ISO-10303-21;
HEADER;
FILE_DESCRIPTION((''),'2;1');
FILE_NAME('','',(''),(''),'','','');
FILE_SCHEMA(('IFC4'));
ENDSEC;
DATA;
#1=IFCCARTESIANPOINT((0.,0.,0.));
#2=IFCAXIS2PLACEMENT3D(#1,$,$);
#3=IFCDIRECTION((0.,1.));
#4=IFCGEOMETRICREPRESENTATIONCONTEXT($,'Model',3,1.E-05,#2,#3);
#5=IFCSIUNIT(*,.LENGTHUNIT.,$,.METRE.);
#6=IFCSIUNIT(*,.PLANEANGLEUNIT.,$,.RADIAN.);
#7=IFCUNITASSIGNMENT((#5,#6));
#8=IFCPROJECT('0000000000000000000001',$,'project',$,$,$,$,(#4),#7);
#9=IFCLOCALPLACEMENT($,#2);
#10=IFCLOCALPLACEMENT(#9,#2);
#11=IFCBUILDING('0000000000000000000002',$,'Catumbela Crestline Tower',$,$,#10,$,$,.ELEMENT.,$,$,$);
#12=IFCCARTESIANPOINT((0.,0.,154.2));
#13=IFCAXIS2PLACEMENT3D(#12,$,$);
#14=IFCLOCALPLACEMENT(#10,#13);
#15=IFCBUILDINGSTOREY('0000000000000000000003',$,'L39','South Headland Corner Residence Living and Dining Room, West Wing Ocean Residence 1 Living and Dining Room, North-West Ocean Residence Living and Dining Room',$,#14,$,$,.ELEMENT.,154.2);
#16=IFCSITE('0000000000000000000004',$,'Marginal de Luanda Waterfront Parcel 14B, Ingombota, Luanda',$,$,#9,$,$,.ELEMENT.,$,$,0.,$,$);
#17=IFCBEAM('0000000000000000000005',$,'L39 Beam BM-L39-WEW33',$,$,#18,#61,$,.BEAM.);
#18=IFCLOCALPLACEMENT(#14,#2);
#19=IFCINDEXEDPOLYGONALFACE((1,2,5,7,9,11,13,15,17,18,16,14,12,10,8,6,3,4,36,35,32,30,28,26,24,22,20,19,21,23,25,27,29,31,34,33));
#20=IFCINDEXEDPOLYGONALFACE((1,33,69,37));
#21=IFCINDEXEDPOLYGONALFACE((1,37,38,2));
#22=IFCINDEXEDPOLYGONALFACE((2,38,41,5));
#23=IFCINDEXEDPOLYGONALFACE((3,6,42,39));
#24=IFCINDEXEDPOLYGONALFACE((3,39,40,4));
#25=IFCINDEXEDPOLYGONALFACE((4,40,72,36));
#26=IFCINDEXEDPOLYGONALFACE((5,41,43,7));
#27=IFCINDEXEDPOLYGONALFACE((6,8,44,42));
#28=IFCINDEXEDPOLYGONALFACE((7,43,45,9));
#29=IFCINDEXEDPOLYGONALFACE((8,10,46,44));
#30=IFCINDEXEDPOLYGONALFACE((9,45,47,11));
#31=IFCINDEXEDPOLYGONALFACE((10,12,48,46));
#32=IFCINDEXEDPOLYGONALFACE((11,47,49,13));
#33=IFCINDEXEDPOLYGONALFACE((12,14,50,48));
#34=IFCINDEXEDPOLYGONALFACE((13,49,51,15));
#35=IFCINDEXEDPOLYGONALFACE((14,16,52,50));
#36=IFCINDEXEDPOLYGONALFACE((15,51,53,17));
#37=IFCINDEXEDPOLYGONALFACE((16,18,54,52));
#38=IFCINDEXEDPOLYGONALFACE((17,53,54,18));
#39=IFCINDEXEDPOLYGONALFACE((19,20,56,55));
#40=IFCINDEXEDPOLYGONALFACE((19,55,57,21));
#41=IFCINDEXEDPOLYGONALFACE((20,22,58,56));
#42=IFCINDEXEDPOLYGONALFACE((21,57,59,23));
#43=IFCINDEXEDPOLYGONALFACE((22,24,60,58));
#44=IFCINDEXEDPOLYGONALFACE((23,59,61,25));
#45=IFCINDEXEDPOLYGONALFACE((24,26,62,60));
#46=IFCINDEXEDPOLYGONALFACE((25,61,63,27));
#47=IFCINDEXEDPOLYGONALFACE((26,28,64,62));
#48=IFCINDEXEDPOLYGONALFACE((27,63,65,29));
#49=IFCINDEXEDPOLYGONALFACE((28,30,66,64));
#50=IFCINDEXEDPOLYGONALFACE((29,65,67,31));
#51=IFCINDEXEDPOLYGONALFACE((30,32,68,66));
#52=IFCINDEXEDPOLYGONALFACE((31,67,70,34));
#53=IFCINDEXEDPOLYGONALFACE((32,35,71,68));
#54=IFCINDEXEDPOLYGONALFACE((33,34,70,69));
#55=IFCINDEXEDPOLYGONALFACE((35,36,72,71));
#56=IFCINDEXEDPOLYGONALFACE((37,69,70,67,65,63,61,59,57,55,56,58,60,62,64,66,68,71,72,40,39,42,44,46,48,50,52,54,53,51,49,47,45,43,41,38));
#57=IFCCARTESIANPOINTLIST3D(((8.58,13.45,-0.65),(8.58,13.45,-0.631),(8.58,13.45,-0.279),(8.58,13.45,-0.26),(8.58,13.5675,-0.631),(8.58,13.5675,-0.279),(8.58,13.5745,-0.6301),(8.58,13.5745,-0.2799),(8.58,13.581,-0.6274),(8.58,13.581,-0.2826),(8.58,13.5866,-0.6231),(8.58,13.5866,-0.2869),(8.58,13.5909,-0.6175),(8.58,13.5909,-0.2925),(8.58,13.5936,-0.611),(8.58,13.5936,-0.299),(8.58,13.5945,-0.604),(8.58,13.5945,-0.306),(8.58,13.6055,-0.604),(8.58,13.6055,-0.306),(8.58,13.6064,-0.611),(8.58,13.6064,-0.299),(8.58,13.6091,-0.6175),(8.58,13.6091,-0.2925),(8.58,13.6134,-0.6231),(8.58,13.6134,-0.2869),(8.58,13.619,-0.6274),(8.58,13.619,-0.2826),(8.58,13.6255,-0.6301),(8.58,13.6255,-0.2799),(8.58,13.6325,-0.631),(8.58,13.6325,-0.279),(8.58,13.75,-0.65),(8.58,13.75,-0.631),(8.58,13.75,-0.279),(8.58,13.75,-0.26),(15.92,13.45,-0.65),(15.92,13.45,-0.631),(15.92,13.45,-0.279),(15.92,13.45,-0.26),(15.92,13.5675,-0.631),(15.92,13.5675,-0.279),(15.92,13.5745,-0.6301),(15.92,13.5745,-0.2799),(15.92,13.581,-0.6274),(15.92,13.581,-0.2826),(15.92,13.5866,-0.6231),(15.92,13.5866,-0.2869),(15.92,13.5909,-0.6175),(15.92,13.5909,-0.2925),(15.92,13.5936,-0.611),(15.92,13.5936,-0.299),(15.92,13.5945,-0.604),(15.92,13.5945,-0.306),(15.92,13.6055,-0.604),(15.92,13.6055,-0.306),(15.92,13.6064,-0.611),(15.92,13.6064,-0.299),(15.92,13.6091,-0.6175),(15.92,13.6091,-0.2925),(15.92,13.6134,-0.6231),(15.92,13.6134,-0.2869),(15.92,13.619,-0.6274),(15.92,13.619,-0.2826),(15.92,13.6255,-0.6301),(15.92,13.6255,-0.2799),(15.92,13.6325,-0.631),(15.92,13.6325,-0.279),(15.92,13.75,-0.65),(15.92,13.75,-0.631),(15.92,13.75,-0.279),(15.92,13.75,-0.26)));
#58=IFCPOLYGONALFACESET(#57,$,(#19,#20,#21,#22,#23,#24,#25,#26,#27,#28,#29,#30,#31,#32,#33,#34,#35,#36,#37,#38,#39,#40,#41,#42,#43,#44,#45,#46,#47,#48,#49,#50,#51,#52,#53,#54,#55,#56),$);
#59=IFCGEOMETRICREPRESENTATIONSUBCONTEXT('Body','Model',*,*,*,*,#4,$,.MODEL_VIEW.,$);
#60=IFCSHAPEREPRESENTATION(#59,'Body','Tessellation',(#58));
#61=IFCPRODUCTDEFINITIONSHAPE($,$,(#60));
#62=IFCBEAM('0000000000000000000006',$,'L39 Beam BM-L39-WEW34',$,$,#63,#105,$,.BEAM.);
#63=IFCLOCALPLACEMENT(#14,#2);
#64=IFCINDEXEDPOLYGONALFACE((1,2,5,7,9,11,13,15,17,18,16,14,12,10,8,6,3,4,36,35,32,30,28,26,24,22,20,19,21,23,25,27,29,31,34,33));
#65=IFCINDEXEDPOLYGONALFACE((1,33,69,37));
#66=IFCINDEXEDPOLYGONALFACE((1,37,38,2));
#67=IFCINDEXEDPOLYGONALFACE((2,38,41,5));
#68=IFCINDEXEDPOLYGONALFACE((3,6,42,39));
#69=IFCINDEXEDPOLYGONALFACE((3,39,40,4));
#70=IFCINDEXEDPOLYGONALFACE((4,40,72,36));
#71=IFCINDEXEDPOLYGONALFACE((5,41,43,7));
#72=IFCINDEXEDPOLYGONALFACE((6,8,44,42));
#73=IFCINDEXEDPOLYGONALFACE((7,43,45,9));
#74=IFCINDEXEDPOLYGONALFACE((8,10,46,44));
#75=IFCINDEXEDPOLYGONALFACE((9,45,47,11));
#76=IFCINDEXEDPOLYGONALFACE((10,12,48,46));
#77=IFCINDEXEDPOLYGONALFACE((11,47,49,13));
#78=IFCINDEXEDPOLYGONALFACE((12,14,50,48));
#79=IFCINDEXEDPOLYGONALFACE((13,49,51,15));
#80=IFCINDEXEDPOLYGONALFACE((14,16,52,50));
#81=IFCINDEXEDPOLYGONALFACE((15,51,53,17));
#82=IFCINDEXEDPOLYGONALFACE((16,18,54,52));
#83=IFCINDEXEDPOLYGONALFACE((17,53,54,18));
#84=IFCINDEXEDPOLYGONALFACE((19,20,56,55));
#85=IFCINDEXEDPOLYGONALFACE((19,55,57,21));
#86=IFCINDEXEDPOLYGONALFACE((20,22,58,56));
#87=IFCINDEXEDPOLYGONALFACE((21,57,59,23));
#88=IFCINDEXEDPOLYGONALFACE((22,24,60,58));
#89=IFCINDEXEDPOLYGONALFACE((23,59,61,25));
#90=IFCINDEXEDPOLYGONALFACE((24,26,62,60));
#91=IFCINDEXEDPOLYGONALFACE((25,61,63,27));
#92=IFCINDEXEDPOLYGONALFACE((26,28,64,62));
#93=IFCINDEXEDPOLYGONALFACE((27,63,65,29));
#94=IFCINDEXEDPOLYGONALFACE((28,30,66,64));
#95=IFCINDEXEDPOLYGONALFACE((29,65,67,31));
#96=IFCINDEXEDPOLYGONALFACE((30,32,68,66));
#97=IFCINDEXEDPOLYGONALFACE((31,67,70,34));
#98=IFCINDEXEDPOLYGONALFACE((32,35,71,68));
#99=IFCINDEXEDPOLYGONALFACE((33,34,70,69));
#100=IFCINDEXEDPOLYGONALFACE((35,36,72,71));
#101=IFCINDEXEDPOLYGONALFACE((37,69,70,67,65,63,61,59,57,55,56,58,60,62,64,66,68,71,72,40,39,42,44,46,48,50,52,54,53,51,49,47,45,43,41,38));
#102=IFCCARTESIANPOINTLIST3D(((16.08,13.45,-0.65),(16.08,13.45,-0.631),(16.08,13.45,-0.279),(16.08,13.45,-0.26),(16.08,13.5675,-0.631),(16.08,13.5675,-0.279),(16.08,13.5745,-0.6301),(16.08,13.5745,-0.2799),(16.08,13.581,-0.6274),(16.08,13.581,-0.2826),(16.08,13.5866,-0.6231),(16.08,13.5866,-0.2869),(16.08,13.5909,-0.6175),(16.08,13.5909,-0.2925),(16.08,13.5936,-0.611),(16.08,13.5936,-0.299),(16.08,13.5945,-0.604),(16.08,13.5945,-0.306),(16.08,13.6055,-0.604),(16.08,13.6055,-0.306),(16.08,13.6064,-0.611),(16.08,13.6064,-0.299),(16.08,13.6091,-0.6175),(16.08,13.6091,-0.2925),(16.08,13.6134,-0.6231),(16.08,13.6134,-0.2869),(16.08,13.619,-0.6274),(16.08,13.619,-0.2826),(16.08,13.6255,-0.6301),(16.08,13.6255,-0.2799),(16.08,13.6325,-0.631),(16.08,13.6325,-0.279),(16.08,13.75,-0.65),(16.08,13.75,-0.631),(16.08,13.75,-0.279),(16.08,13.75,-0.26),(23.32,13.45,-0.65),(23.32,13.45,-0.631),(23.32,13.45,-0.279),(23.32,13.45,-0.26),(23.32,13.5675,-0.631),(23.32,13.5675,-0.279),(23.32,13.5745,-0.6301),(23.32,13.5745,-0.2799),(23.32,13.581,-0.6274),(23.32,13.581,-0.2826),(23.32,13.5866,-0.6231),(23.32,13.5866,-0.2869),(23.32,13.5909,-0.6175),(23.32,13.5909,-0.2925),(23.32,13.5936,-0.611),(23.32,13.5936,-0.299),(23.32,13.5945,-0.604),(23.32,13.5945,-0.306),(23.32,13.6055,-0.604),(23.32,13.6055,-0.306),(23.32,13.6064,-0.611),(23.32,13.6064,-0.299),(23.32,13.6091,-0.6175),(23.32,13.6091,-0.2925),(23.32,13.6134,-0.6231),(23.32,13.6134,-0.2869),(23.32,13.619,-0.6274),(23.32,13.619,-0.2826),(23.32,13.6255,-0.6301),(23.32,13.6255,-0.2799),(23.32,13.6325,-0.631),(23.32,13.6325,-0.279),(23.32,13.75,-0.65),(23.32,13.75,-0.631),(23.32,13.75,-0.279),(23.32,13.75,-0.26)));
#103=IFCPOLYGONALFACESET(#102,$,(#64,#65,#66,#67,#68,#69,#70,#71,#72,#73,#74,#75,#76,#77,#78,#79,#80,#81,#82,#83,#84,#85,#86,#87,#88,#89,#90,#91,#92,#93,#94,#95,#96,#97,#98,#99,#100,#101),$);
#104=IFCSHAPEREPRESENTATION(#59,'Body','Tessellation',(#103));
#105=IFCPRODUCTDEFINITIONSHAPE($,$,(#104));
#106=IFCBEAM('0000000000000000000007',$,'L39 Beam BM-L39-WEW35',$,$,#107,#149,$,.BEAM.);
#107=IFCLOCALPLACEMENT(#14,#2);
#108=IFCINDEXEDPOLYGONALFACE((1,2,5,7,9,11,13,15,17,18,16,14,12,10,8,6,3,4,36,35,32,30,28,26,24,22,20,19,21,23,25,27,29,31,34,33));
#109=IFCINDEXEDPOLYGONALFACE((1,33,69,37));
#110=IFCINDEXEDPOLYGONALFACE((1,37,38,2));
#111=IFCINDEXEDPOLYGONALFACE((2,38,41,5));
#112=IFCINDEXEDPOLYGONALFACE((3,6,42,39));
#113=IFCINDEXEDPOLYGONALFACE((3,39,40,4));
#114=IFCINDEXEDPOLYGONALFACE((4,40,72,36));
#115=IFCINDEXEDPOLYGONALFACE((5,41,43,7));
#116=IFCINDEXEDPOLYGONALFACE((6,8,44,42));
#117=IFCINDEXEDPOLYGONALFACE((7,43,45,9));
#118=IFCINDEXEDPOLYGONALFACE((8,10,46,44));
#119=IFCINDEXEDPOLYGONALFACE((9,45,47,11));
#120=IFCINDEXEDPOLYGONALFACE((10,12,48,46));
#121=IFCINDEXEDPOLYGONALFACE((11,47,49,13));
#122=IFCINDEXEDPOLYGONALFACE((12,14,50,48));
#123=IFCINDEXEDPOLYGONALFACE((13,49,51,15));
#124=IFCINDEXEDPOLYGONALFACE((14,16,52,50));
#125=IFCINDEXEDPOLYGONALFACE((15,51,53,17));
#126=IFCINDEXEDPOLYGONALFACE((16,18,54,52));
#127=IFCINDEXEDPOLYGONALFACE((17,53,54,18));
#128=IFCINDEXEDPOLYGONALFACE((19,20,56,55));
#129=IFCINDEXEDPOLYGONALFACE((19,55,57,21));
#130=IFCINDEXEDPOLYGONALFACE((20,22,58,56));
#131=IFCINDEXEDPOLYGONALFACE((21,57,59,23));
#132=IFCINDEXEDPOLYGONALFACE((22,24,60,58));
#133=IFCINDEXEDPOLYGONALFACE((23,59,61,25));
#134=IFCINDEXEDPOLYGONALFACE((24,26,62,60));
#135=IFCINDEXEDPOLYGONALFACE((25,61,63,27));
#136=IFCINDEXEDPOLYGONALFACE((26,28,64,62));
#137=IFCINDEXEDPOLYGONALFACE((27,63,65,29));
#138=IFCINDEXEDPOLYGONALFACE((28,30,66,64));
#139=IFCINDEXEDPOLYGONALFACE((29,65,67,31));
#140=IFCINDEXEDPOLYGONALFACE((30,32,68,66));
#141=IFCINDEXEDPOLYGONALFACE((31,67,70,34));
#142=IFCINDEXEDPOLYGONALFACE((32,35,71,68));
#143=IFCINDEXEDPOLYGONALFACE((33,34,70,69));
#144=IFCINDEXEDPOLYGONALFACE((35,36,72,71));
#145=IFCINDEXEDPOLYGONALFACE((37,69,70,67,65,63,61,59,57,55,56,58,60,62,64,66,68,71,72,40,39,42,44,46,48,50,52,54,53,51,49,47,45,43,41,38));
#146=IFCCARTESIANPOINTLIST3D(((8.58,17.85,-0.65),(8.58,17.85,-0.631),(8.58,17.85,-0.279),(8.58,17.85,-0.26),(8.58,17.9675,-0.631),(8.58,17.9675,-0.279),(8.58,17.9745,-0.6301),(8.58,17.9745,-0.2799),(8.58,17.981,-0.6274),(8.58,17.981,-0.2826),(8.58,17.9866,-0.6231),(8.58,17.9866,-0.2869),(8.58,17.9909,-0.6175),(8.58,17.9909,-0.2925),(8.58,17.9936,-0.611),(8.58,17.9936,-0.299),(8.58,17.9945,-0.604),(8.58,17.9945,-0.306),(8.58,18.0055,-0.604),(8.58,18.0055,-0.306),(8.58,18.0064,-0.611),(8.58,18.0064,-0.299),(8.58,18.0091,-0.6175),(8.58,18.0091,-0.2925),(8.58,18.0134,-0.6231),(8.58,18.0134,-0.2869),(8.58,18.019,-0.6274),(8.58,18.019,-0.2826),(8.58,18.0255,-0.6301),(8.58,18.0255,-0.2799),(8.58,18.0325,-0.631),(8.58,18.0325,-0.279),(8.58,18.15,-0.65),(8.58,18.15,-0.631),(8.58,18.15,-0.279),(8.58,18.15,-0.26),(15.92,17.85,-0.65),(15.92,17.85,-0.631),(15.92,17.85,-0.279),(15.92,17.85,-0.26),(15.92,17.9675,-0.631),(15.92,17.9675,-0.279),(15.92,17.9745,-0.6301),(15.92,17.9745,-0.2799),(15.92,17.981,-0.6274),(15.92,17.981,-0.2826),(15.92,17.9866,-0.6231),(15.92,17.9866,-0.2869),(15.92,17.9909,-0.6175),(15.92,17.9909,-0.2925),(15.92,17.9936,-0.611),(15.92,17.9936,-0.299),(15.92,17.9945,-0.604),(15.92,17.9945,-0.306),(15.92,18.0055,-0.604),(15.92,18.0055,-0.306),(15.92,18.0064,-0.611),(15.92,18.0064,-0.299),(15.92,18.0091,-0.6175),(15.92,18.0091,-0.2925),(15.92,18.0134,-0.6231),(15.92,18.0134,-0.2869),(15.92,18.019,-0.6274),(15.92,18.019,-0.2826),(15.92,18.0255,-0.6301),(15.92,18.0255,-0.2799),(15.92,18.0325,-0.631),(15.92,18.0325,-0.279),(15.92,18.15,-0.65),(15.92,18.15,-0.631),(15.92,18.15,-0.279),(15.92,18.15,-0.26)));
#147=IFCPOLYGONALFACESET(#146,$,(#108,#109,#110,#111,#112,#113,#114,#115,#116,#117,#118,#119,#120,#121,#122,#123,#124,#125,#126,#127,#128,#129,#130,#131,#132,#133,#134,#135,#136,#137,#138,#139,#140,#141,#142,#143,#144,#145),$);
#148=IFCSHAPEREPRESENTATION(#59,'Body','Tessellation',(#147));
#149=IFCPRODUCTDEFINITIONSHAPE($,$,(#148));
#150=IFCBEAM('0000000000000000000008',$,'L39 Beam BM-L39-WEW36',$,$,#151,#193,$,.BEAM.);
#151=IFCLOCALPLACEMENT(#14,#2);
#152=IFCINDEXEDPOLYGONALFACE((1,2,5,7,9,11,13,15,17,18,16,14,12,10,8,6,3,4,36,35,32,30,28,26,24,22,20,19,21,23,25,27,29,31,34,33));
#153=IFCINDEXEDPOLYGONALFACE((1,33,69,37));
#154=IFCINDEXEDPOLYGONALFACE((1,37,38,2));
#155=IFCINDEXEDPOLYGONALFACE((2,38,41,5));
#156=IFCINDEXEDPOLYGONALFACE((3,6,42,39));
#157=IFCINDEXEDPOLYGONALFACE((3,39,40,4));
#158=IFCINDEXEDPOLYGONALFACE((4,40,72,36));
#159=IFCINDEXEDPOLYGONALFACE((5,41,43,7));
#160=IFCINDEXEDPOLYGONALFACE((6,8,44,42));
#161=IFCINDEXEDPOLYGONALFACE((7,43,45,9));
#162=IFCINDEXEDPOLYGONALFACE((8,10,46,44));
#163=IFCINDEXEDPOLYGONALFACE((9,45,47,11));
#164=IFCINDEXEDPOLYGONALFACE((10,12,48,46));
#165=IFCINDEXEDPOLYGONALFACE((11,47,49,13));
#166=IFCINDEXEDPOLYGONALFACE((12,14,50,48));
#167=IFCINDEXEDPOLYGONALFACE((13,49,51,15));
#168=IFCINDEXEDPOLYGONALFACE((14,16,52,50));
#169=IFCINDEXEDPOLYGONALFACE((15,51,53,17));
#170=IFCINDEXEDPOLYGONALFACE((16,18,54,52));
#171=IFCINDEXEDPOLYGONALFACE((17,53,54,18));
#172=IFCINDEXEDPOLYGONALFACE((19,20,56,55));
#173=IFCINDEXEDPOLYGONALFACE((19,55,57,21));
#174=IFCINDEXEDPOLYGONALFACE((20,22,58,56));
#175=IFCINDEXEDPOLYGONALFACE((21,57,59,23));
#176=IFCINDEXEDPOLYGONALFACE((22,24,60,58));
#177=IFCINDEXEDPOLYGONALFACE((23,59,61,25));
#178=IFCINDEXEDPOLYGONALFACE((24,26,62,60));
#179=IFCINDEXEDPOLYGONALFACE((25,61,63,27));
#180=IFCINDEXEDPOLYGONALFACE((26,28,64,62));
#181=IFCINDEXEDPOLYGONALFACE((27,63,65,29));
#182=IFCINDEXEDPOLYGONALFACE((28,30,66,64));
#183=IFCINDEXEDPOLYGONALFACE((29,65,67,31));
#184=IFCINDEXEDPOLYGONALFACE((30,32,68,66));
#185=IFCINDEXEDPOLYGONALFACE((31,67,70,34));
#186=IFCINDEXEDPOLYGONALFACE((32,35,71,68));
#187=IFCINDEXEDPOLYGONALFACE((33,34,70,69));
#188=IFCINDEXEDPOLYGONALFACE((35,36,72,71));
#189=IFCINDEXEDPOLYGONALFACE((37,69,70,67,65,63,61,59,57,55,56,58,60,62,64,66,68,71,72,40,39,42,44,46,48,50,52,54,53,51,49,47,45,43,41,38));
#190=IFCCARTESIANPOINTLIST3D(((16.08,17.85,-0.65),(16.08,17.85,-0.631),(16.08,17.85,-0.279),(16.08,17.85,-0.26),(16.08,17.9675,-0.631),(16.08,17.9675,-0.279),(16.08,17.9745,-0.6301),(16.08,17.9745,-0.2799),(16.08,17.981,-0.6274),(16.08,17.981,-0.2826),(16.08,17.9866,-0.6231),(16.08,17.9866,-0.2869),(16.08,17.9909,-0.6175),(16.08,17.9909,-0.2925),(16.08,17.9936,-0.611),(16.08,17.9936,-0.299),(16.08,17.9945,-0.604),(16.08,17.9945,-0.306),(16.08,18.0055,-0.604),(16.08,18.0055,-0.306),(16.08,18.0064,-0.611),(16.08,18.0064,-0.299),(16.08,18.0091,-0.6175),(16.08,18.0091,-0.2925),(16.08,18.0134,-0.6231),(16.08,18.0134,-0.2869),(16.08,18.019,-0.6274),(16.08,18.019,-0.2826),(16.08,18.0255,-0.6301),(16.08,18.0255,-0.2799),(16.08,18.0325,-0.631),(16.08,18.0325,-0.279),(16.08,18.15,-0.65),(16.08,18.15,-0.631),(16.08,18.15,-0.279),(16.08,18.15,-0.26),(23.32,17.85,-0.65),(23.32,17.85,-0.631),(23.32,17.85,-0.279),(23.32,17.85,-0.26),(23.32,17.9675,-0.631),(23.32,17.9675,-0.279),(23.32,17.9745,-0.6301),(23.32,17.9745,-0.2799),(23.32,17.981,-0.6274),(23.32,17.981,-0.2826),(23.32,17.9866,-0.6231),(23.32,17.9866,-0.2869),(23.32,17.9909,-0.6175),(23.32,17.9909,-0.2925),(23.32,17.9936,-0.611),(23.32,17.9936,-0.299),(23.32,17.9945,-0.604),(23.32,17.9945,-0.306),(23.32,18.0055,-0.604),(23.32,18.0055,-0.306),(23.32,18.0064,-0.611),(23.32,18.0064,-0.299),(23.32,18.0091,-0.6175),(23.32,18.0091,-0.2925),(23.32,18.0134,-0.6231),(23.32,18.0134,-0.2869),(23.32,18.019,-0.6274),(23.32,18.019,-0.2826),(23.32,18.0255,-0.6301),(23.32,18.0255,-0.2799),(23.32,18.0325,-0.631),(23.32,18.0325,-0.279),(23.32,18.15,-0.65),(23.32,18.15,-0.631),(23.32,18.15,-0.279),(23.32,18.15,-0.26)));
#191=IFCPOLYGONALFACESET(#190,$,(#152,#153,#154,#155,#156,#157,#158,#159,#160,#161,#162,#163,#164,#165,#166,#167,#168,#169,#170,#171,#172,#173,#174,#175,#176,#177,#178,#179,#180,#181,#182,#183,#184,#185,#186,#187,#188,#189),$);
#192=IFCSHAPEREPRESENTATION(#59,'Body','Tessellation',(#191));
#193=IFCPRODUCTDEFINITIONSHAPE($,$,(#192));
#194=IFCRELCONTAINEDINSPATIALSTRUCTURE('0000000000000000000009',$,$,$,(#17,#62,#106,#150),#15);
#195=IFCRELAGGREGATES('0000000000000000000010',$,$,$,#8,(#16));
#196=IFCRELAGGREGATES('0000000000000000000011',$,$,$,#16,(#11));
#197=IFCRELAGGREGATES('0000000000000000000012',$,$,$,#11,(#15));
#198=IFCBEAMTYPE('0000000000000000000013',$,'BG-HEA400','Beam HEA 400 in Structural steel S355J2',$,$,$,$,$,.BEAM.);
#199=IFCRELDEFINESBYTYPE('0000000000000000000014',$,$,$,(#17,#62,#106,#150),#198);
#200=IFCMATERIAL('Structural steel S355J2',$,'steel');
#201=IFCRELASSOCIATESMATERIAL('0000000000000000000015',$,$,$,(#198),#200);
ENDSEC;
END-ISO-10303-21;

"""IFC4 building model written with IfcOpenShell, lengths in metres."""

from ifc_helpers import new_model, si_unit, direction, frame, origin, origin_2d, place, context, subcontext, project, spatial, i_section, extrude, material, material_profile, profile_set, type_object, element, save


model = new_model("IFC4")

# Units and contexts
model_context = context("Model", 3, precision=1e-05, world=origin(), true_north=direction((0.0, 1.0)))
body_context = subcontext(model_context, "Body", "Model", "MODEL_VIEW")
ifc_project = project(units=[si_unit("LENGTHUNIT", "METRE"), si_unit("PLANEANGLEUNIT", "RADIAN")], contexts=[model_context])

# Site, building, storey
site_placement = place(None, origin())
site = spatial("IfcSite", under=ifc_project, at=site_placement, Name="Marginal de Luanda Waterfront Parcel 14B, Ingombota, Luanda", CompositionType="ELEMENT", RefElevation=0.0)
building_placement = place(site_placement, origin())
building = spatial("IfcBuilding", under=site, at=building_placement, Name="Catumbela Crestline Tower", CompositionType="ELEMENT")
storey_placement = place(building_placement, frame((0.0, 0.0, 154.2)))
storey = spatial("IfcBuildingStorey", under=building, at=storey_placement, Name="L39", Description="South Headland Corner Residence Living and Dining Room, West Wing Ocean Residence 1 Living and Dining Room, North-West Ocean Residence Living and Dining Room", CompositionType="ELEMENT", Elevation=154.2)

# Shared definitions
ifc_material_1 = material(Name="Structural steel S355J2", Category="steel")

# Beams
ifc_material_profile_1 = material_profile(ifc_material_1, i_section(OverallWidth=0.3, OverallDepth=0.39, WebThickness=0.011, FlangeThickness=0.019, FilletRadius=0.027, at=origin_2d()), Name="HEA 400")
ifc_profile_set_1 = profile_set([ifc_material_profile_1], Name="Structural steel S355J2")
beam_type_1 = type_object("IfcBeamType", Name="BG-HEA400", Description="Beam HEA 400 in Structural steel S355J2", PredefinedType="BEAM", material=ifc_profile_set_1)
beam_1_placement = place(storey_placement, frame((8.58, 13.6, -0.455), z_axis=(1.0, 0.0, 0.0), x_axis=(0.0, 1.0, 0.0)))
element("IfcBeam", 1, at=beam_1_placement, inside=storey, type_object=beam_type_1, Name="L39 Beam BM-L39-WEW33", PredefinedType="BEAM", context=body_context, shape_type="SweptSolid", body=[
    extrude(i_section(OverallWidth=0.3, OverallDepth=0.39, WebThickness=0.011, FlangeThickness=0.019, FilletRadius=0.027, at=origin_2d()), origin(), (0.0, 0.0, 1.0), 7.34),
])
beam_2_placement = place(storey_placement, frame((16.08, 13.6, -0.455), z_axis=(1.0, 0.0, 0.0), x_axis=(0.0, 1.0, 0.0)))
element("IfcBeam", 2, at=beam_2_placement, inside=storey, type_object=beam_type_1, Name="L39 Beam BM-L39-WEW34", PredefinedType="BEAM", context=body_context, shape_type="SweptSolid", body=[
    extrude(i_section(OverallWidth=0.3, OverallDepth=0.39, WebThickness=0.011, FlangeThickness=0.019, FilletRadius=0.027, at=origin_2d()), origin(), (0.0, 0.0, 1.0), 7.24),
])
beam_3_placement = place(storey_placement, frame((8.58, 18.0, -0.455), z_axis=(1.0, 0.0, 0.0), x_axis=(0.0, 1.0, 0.0)))
element("IfcBeam", 3, at=beam_3_placement, inside=storey, type_object=beam_type_1, Name="L39 Beam BM-L39-WEW35", PredefinedType="BEAM", context=body_context, shape_type="SweptSolid", body=[
    extrude(i_section(OverallWidth=0.3, OverallDepth=0.39, WebThickness=0.011, FlangeThickness=0.019, FilletRadius=0.027, at=origin_2d()), origin(), (0.0, 0.0, 1.0), 7.34),
])
beam_4_placement = place(storey_placement, frame((16.08, 18.0, -0.455), z_axis=(1.0, 0.0, 0.0), x_axis=(0.0, 1.0, 0.0)))
element("IfcBeam", 4, at=beam_4_placement, inside=storey, type_object=beam_type_1, Name="L39 Beam BM-L39-WEW36", PredefinedType="BEAM", context=body_context, shape_type="SweptSolid", body=[
    extrude(i_section(OverallWidth=0.3, OverallDepth=0.39, WebThickness=0.011, FlangeThickness=0.019, FilletRadius=0.027, at=origin_2d()), origin(), (0.0, 0.0, 1.0), 7.24),
])

save(model, "model.ifc")
